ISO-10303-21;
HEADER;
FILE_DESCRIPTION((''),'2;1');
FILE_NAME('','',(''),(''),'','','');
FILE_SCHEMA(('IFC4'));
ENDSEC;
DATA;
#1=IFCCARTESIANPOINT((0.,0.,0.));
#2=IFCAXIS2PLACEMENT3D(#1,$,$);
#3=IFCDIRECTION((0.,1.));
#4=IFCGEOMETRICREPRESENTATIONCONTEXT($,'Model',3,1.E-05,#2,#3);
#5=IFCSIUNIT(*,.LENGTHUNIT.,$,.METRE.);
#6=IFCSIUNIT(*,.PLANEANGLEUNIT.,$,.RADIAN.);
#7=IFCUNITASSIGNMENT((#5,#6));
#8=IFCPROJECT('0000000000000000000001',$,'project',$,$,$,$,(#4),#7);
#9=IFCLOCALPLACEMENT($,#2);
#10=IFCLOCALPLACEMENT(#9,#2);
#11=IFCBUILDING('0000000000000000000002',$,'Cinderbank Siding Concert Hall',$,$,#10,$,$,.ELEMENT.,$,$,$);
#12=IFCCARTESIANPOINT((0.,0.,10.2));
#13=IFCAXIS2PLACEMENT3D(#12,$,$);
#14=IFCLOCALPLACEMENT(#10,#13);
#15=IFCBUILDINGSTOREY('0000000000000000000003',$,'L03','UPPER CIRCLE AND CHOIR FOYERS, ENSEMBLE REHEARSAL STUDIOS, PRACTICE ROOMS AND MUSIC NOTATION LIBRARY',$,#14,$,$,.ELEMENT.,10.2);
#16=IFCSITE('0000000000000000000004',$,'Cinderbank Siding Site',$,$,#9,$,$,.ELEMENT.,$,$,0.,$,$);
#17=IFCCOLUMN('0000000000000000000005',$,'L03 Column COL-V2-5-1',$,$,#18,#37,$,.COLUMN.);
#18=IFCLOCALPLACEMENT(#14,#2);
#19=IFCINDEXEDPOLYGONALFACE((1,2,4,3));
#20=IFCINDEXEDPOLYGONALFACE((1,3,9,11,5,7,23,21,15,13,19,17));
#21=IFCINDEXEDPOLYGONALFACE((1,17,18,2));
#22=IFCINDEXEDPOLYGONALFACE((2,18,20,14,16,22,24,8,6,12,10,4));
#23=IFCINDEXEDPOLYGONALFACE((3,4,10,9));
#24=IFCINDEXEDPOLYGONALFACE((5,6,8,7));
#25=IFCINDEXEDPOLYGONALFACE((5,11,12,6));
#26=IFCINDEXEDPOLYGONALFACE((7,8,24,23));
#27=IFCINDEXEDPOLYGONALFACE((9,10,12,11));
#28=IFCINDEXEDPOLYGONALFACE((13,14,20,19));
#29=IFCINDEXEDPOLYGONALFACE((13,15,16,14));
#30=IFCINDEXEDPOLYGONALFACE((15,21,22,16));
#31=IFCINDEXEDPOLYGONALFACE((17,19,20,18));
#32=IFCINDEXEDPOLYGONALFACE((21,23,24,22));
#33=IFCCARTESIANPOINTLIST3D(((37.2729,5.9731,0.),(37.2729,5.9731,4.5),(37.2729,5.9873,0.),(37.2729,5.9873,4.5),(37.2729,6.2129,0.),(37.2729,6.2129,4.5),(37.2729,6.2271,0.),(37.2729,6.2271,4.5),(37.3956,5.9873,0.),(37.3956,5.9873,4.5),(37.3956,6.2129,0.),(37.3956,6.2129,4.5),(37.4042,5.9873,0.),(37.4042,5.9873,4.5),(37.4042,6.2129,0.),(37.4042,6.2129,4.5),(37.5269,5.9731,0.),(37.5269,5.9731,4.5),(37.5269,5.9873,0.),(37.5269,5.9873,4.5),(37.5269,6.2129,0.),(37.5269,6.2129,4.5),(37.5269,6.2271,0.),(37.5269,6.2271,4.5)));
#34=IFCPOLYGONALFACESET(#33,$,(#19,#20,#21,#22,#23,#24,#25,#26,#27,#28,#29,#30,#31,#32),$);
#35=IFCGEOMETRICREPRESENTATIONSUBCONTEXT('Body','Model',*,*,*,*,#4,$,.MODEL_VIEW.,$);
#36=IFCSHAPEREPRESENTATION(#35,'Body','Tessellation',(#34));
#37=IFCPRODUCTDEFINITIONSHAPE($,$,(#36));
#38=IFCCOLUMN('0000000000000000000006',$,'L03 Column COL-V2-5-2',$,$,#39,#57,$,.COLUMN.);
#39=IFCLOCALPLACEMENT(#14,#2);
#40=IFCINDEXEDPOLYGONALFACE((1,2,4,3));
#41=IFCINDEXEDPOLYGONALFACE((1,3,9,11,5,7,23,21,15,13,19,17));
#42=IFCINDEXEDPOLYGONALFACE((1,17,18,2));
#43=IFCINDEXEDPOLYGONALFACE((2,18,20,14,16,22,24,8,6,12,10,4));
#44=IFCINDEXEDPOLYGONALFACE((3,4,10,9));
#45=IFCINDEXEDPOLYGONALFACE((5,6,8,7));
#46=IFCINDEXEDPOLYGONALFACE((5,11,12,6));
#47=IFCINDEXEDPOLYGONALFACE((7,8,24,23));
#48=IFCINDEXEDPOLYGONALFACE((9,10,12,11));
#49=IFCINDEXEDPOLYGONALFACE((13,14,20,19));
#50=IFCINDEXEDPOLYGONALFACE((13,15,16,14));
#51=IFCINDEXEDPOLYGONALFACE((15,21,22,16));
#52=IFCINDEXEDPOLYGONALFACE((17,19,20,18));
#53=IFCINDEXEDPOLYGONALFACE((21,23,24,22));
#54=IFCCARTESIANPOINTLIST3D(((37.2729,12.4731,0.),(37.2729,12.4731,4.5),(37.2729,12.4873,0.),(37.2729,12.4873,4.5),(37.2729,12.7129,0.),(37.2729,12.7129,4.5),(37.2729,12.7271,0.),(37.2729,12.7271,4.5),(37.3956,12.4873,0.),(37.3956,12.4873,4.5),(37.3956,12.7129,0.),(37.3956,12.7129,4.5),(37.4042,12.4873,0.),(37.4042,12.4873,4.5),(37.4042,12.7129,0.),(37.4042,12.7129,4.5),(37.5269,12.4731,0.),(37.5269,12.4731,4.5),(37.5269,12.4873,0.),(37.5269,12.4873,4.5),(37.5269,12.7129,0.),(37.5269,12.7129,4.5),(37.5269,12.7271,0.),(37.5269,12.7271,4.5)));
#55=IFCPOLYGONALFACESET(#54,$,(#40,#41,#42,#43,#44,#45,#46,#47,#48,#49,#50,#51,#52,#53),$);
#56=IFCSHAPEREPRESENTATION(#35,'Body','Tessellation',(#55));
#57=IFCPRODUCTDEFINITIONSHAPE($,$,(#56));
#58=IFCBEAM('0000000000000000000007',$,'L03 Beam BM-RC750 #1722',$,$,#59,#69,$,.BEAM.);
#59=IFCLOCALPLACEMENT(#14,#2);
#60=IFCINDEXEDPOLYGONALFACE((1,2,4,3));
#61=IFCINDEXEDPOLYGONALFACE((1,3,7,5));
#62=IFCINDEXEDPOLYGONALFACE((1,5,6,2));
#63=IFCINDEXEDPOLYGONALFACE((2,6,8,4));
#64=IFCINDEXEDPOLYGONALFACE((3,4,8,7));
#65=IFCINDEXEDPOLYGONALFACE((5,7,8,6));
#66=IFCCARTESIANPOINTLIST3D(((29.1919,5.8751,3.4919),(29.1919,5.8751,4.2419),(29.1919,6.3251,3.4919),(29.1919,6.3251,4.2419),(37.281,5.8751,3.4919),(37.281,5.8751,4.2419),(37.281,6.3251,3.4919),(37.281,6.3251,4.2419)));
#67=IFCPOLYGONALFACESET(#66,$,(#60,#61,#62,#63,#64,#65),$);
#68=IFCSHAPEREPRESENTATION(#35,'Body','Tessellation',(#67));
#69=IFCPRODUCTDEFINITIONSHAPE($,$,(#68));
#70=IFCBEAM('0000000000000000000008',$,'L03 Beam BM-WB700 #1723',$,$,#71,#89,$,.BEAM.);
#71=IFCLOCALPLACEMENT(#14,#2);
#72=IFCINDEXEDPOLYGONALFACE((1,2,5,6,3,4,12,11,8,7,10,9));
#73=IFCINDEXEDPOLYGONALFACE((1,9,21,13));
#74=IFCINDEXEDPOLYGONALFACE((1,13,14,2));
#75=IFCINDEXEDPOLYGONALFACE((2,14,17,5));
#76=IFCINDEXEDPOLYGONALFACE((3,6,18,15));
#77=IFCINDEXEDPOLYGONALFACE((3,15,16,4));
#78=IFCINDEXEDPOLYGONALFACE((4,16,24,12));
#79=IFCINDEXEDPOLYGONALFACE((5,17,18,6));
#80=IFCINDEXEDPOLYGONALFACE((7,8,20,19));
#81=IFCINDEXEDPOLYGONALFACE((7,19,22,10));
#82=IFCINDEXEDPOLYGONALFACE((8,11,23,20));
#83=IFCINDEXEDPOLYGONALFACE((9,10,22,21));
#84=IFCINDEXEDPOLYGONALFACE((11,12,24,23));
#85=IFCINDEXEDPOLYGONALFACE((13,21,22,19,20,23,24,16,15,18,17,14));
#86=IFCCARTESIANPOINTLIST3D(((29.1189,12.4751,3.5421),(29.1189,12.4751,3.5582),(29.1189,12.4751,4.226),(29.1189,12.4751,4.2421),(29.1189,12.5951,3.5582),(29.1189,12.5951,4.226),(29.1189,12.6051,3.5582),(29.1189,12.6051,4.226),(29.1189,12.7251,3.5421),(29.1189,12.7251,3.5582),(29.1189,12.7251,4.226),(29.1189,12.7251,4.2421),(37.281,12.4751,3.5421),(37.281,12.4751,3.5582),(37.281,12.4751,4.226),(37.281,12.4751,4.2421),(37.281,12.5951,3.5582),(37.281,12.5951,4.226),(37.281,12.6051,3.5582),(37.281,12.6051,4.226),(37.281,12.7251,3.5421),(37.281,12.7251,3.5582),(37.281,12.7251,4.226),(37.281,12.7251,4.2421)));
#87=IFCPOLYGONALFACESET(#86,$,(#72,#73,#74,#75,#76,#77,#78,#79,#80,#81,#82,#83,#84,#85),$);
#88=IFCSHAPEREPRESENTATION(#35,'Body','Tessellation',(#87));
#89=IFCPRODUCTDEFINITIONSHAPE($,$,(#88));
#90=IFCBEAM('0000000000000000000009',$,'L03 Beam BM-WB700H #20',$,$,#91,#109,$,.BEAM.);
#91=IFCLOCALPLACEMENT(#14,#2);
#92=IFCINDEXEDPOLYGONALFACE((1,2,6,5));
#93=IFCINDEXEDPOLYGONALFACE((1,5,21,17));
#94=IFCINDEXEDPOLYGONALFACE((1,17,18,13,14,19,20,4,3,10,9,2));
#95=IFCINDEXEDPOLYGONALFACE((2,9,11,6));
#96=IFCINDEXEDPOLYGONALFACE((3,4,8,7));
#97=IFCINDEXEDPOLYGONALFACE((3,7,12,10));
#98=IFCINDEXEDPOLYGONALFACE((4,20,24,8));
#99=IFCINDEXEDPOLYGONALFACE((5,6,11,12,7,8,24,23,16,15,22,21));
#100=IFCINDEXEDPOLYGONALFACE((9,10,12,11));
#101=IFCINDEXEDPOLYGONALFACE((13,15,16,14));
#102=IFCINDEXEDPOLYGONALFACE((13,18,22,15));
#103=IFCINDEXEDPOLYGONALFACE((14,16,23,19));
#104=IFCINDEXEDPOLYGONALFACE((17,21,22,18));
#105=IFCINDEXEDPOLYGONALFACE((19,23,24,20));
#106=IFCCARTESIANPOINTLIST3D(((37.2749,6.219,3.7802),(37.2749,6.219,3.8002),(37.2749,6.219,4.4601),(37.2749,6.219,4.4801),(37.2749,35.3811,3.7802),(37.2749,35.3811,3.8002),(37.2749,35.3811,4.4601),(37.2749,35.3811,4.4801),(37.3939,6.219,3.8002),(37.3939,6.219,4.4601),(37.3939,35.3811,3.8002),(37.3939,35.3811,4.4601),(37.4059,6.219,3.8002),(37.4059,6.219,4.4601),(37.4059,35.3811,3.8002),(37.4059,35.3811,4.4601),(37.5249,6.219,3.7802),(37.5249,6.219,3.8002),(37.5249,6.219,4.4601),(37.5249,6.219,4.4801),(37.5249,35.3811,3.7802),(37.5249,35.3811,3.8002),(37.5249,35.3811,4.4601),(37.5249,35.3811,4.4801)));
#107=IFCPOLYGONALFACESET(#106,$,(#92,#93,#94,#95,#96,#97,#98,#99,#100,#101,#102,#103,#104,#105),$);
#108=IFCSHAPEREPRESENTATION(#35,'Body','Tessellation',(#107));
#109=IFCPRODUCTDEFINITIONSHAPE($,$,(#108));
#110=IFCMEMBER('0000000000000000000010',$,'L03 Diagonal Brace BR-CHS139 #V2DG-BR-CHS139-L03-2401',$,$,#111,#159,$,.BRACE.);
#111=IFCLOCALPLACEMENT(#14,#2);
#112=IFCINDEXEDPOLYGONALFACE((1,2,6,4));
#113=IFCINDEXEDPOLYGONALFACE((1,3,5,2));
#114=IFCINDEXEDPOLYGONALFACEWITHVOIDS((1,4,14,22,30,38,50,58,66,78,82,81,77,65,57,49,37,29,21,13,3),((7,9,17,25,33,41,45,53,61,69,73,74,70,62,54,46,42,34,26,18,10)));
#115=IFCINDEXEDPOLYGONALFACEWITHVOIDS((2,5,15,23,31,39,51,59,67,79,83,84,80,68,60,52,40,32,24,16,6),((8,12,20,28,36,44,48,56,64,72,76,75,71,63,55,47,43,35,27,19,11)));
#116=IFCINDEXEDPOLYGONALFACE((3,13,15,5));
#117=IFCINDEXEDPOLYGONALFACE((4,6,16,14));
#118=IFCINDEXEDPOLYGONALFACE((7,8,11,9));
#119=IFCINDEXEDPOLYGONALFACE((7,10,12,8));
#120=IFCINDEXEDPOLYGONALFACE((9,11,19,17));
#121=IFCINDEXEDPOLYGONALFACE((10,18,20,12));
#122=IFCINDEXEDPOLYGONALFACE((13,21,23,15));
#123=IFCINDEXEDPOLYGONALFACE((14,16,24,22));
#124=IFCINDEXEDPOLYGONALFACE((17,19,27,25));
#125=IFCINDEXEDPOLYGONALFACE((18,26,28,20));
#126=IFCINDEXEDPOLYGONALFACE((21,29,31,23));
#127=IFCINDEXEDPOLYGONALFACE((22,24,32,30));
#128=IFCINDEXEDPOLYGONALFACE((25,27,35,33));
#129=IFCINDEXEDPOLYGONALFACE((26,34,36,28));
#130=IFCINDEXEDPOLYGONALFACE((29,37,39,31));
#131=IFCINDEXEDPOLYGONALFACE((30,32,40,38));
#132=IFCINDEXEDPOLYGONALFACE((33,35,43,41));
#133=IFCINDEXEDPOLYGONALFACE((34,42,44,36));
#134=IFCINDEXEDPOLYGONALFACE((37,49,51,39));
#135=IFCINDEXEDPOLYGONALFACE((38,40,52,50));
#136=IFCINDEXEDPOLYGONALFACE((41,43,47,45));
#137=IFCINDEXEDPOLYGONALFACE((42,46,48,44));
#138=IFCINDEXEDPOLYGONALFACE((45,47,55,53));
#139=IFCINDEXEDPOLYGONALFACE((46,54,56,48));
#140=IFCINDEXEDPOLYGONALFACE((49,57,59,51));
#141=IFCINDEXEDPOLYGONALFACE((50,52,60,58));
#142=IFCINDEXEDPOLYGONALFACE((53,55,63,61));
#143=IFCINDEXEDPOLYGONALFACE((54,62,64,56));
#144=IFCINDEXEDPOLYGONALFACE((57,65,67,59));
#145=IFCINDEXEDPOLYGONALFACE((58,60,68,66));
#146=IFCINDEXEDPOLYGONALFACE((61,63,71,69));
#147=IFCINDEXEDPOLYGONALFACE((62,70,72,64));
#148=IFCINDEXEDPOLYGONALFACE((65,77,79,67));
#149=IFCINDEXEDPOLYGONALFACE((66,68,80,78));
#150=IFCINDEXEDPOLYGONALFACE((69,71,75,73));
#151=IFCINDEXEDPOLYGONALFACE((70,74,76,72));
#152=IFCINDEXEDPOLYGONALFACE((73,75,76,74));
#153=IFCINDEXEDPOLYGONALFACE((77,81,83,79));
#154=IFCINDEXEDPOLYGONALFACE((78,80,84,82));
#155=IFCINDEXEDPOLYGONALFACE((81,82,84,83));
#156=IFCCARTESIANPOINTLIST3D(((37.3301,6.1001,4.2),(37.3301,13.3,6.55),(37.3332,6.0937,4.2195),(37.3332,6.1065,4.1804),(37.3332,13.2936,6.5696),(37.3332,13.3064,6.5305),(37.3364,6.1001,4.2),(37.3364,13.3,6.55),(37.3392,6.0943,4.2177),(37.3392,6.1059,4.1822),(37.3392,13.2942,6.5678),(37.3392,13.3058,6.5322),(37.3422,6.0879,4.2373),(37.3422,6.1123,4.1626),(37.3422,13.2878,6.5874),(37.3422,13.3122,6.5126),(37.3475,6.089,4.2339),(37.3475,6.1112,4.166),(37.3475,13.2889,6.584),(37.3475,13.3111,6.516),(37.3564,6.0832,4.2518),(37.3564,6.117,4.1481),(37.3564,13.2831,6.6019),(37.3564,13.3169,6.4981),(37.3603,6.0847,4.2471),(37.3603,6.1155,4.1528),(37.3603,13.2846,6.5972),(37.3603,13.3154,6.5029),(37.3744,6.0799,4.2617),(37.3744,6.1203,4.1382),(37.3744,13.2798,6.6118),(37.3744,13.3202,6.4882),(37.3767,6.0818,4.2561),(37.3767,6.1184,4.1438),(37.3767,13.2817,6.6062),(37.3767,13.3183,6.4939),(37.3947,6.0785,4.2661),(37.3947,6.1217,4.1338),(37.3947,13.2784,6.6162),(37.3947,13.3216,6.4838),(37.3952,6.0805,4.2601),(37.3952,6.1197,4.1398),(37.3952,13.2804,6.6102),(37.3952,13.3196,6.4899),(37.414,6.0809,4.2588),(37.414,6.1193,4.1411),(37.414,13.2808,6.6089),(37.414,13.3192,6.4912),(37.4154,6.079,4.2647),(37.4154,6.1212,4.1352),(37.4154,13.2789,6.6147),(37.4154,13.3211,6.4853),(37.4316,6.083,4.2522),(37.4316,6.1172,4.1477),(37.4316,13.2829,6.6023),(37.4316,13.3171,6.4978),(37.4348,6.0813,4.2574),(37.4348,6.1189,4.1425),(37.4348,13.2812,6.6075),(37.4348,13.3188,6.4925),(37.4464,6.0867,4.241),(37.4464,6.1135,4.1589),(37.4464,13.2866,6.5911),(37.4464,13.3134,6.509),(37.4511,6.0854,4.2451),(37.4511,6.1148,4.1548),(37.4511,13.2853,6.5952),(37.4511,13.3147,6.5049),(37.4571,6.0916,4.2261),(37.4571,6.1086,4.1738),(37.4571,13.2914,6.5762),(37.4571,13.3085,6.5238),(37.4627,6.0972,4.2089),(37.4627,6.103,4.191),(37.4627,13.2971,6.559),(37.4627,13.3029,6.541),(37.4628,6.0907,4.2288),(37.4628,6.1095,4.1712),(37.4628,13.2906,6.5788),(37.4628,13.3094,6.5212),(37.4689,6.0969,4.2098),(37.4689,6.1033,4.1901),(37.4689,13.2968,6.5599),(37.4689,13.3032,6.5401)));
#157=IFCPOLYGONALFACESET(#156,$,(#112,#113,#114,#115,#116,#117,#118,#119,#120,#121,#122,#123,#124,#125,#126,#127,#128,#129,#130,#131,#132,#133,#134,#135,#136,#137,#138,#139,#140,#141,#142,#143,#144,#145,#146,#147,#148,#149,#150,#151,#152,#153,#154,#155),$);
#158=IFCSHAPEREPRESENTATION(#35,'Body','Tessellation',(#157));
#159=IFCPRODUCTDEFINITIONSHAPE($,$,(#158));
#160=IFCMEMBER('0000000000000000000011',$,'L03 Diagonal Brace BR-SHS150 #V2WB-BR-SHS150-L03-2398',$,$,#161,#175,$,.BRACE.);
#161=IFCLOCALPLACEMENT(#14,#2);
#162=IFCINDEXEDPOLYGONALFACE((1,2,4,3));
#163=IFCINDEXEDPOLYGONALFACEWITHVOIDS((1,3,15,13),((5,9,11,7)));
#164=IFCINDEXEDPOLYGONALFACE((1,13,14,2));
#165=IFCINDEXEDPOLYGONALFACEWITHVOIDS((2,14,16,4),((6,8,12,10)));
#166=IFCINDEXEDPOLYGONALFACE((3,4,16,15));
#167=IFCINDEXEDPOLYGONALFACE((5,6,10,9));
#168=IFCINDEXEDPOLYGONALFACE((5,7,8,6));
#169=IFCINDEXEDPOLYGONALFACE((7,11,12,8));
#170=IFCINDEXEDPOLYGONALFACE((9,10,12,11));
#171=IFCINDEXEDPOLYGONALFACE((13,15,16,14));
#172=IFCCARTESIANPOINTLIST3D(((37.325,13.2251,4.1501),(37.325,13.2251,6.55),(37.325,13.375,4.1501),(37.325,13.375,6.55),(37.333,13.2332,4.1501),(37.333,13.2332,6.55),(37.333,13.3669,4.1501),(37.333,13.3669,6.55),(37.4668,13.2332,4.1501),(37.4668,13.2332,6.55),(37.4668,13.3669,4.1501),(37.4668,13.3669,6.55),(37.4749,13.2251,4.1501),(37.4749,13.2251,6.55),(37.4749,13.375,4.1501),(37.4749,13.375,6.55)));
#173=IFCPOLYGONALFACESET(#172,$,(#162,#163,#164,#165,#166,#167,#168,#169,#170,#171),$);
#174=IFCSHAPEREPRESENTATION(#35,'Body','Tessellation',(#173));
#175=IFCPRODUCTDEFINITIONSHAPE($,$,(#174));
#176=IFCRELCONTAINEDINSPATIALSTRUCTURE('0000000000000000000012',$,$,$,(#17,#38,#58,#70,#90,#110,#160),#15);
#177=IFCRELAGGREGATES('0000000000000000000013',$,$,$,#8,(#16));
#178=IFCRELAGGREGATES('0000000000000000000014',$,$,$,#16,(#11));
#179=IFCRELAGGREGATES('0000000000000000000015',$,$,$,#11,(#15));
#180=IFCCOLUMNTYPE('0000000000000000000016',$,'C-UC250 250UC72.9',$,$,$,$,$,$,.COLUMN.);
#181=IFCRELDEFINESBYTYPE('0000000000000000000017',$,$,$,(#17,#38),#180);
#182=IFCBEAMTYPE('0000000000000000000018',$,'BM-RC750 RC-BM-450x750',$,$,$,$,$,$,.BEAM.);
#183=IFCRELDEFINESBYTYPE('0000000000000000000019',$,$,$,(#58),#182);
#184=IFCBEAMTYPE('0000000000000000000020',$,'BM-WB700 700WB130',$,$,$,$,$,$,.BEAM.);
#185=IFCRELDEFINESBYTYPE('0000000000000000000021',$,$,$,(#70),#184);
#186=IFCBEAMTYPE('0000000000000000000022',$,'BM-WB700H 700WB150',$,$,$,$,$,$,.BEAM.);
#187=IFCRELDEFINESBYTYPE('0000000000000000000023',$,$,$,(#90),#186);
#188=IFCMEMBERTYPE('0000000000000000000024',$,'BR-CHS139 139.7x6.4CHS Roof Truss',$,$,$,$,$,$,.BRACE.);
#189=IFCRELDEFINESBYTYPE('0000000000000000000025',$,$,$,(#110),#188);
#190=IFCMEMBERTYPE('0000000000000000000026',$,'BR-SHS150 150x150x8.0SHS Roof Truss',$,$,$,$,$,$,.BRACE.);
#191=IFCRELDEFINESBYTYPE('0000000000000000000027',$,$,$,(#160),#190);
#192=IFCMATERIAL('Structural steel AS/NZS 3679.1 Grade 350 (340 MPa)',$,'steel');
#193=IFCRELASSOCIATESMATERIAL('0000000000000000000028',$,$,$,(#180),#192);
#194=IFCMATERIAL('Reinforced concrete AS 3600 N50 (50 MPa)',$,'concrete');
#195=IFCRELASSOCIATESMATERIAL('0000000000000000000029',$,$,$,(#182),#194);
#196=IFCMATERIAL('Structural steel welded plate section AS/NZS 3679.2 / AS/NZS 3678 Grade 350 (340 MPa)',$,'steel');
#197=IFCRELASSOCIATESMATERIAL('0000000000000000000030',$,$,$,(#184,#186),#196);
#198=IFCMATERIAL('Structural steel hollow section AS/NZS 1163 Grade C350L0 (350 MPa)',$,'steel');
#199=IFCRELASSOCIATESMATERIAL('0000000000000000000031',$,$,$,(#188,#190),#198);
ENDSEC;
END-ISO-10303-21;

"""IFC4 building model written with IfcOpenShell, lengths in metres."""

from ifc_helpers import new_model, si_unit, direction, frame, origin, origin_2d, place, context, subcontext, project, spatial, rectangle, hollow_rectangle, hollow_circle, i_section, extrude, material, material_profile, profile_set, type_object, element, save


model = new_model("IFC4")

# Units and contexts
model_context = context("Model", 3, precision=1e-05, world=origin(), true_north=direction((0.0, 1.0)))
body_context = subcontext(model_context, "Body", "Model", "MODEL_VIEW")
ifc_project = project(units=[si_unit("LENGTHUNIT", "METRE"), si_unit("PLANEANGLEUNIT", "RADIAN")], contexts=[model_context])

# Site, building, storey
site_placement = place(None, origin())
site = spatial("IfcSite", under=ifc_project, at=site_placement, Name="Cinderbank Siding Site", CompositionType="ELEMENT", RefElevation=0.0)
building_placement = place(site_placement, origin())
building = spatial("IfcBuilding", under=site, at=building_placement, Name="Cinderbank Siding Concert Hall", CompositionType="ELEMENT")
storey_placement = place(building_placement, frame((0.0, 0.0, 10.2)))
storey = spatial("IfcBuildingStorey", under=building, at=storey_placement, Name="L03", Description="UPPER CIRCLE AND CHOIR FOYERS, ENSEMBLE REHEARSAL STUDIOS, PRACTICE ROOMS AND MUSIC NOTATION LIBRARY", CompositionType="ELEMENT", Elevation=10.2)

# Columns
ifc_material_1 = material(Name="Structural steel AS/NZS 3679.1 Grade 350 (340 MPa)", Category="steel")
ifc_material_profile_1 = material_profile(ifc_material_1, i_section(OverallWidth=0.2539, OverallDepth=0.2539, WebThickness=0.0085, FlangeThickness=0.0142, at=origin_2d()), Name="250UC72.9", Category="LoadBearing")
ifc_profile_set_1 = profile_set([ifc_material_profile_1], Name="Structural steel AS/NZS 3679.1 Grade 350 (340 MPa)")
column_type = type_object("IfcColumnType", Name="C-UC250 250UC72.9", PredefinedType="COLUMN", material=ifc_profile_set_1)
for number, where, z_axis, x_axis, name in (
    (1, (37.3999, 6.1001, 0.0), (0.0, 0.0, 1.0), (1.0, 0.0, 0.0), "L03 Column COL-V2-5-1"),
    (2, (37.3999, 12.6001, 0.0), (0.0, 0.0, 1.0), (1.0, 0.0, 0.0), "L03 Column COL-V2-5-2"),
):
    element("IfcColumn", number, at=place(storey_placement, frame(where, z_axis=z_axis, x_axis=x_axis)), inside=storey, type_object=column_type, Name=name, PredefinedType="COLUMN", context=body_context, shape_type="SweptSolid", body=[
        extrude(i_section(OverallWidth=0.2539, OverallDepth=0.2539, WebThickness=0.0085, FlangeThickness=0.0142, at=origin_2d()), origin(), (0.0, 0.0, 1.0), 4.5),
    ])

# Beams
ifc_material_2 = material(Name="Reinforced concrete AS 3600 N50 (50 MPa)", Category="concrete")
ifc_material_profile_2 = material_profile(ifc_material_2, rectangle(XDim=0.45, YDim=0.75, at=origin_2d()), Name="RC-BM-450x750", Category="LoadBearing")
ifc_profile_set_2 = profile_set([ifc_material_profile_2], Name="Reinforced concrete AS 3600 N50 (50 MPa)")
beam_type_1 = type_object("IfcBeamType", Name="BM-RC750 RC-BM-450x750", PredefinedType="BEAM", material=ifc_profile_set_2)
beam_1_placement = place(storey_placement, frame((29.1919, 6.1001, 3.8669), z_axis=(1.0, 0.0, 0.0), x_axis=(0.0, 1.0, 0.0)))
element("IfcBeam", 3, at=beam_1_placement, inside=storey, type_object=beam_type_1, Name="L03 Beam BM-RC750 #1722", PredefinedType="BEAM", context=body_context, shape_type="SweptSolid", body=[
    extrude(rectangle(XDim=0.45, YDim=0.75, at=origin_2d()), origin(), (0.0, 0.0, 1.0), 8.0891),
])
ifc_material_3 = material(Name="Structural steel welded plate section AS/NZS 3679.2 / AS/NZS 3678 Grade 350 (340 MPa)", Category="steel")
ifc_material_profile_3 = material_profile(ifc_material_3, i_section(OverallWidth=0.25, OverallDepth=0.7, WebThickness=0.01, FlangeThickness=0.0161, at=origin_2d()), Name="700WB130", Category="LoadBearing")
ifc_profile_set_3 = profile_set([ifc_material_profile_3], Name="Structural steel welded plate section AS/NZS 3679.2 / AS/NZS 3678 Grade 350 (340 MPa)")
beam_type_2 = type_object("IfcBeamType", Name="BM-WB700 700WB130", PredefinedType="BEAM", material=ifc_profile_set_3)
beam_2_placement = place(storey_placement, frame((29.1189, 12.6001, 3.8921), z_axis=(1.0, 0.0, 0.0), x_axis=(0.0, 1.0, 0.0)))
element("IfcBeam", 4, at=beam_2_placement, inside=storey, type_object=beam_type_2, Name="L03 Beam BM-WB700 #1723", PredefinedType="BEAM", context=body_context, shape_type="SweptSolid", body=[
    extrude(i_section(OverallWidth=0.25, OverallDepth=0.7, WebThickness=0.01, FlangeThickness=0.0161, at=origin_2d()), origin(), (0.0, 0.0, 1.0), 8.1621),
])
ifc_material_profile_4 = material_profile(ifc_material_3, i_section(OverallWidth=0.25, OverallDepth=0.7, WebThickness=0.012, FlangeThickness=0.02, at=origin_2d()), Name="700WB150", Category="LoadBearing")
ifc_profile_set_4 = profile_set([ifc_material_profile_4], Name="Structural steel welded plate section AS/NZS 3679.2 / AS/NZS 3678 Grade 350 (340 MPa)")
beam_type_3 = type_object("IfcBeamType", Name="BM-WB700H 700WB150", PredefinedType="BEAM", material=ifc_profile_set_4)
beam_3_placement = place(storey_placement, frame((37.3999, 6.219, 4.1301), z_axis=(0.0, 1.0, 0.0), x_axis=(-1.0, 0.0, 0.0)))
element("IfcBeam", 5, at=beam_3_placement, inside=storey, type_object=beam_type_3, Name="L03 Beam BM-WB700H #20", PredefinedType="BEAM", context=body_context, shape_type="SweptSolid", body=[
    extrude(i_section(OverallWidth=0.25, OverallDepth=0.7, WebThickness=0.012, FlangeThickness=0.02, at=origin_2d()), origin(), (0.0, 0.0, 1.0), 29.1621),
])

# Members
ifc_material_4 = material(Name="Structural steel hollow section AS/NZS 1163 Grade C350L0 (350 MPa)", Category="steel")
ifc_material_profile_5 = material_profile(ifc_material_4, hollow_circle(Radius=0.0698, WallThickness=0.0063, at=origin_2d()), Name="139.7x6.4CHS", Category="LoadBearing")
ifc_profile_set_5 = profile_set([ifc_material_profile_5], Name="Structural steel hollow section AS/NZS 1163 Grade C350L0 (350 MPa)")
member_type_1 = type_object("IfcMemberType", Name="BR-CHS139 139.7x6.4CHS Roof Truss", PredefinedType="BRACE", material=ifc_profile_set_5)
member_1_placement = place(storey_placement, frame((37.3999, 6.1001, 4.2), z_axis=(0.0, 0.950641, 0.310294), x_axis=(-1.0, 0.0, 0.0)))
element("IfcMember", 6, at=member_1_placement, inside=storey, type_object=member_type_1, Name="L03 Diagonal Brace BR-CHS139 #V2DG-BR-CHS139-L03-2401", PredefinedType="BRACE", context=body_context, shape_type="SweptSolid", body=[
    extrude(hollow_circle(Radius=0.0698, WallThickness=0.0063, at=origin_2d()), origin(), (0.0, 0.0, 1.0), 7.5737),
])
ifc_material_profile_6 = material_profile(ifc_material_4, hollow_rectangle(XDim=0.1499, YDim=0.1499, WallThickness=0.0081, at=origin_2d()), Name="150x150x8.0SHS", Category="LoadBearing")
ifc_profile_set_6 = profile_set([ifc_material_profile_6], Name="Structural steel hollow section AS/NZS 1163 Grade C350L0 (350 MPa)")
member_type_2 = type_object("IfcMemberType", Name="BR-SHS150 150x150x8.0SHS Roof Truss", PredefinedType="BRACE", material=ifc_profile_set_6)
member_2_placement = place(storey_placement, frame((37.3999, 13.3, 4.1501), z_axis=(0.0, 0.0, 1.0), x_axis=(1.0, 0.0, 0.0)))
element("IfcMember", 7, at=member_2_placement, inside=storey, type_object=member_type_2, Name="L03 Diagonal Brace BR-SHS150 #V2WB-BR-SHS150-L03-2398", PredefinedType="BRACE", context=body_context, shape_type="SweptSolid", body=[
    extrude(hollow_rectangle(XDim=0.1499, YDim=0.1499, WallThickness=0.0081, at=origin_2d()), origin(), (0.0, 0.0, 1.0), 2.3999),
])

save(model, "model.ifc")
